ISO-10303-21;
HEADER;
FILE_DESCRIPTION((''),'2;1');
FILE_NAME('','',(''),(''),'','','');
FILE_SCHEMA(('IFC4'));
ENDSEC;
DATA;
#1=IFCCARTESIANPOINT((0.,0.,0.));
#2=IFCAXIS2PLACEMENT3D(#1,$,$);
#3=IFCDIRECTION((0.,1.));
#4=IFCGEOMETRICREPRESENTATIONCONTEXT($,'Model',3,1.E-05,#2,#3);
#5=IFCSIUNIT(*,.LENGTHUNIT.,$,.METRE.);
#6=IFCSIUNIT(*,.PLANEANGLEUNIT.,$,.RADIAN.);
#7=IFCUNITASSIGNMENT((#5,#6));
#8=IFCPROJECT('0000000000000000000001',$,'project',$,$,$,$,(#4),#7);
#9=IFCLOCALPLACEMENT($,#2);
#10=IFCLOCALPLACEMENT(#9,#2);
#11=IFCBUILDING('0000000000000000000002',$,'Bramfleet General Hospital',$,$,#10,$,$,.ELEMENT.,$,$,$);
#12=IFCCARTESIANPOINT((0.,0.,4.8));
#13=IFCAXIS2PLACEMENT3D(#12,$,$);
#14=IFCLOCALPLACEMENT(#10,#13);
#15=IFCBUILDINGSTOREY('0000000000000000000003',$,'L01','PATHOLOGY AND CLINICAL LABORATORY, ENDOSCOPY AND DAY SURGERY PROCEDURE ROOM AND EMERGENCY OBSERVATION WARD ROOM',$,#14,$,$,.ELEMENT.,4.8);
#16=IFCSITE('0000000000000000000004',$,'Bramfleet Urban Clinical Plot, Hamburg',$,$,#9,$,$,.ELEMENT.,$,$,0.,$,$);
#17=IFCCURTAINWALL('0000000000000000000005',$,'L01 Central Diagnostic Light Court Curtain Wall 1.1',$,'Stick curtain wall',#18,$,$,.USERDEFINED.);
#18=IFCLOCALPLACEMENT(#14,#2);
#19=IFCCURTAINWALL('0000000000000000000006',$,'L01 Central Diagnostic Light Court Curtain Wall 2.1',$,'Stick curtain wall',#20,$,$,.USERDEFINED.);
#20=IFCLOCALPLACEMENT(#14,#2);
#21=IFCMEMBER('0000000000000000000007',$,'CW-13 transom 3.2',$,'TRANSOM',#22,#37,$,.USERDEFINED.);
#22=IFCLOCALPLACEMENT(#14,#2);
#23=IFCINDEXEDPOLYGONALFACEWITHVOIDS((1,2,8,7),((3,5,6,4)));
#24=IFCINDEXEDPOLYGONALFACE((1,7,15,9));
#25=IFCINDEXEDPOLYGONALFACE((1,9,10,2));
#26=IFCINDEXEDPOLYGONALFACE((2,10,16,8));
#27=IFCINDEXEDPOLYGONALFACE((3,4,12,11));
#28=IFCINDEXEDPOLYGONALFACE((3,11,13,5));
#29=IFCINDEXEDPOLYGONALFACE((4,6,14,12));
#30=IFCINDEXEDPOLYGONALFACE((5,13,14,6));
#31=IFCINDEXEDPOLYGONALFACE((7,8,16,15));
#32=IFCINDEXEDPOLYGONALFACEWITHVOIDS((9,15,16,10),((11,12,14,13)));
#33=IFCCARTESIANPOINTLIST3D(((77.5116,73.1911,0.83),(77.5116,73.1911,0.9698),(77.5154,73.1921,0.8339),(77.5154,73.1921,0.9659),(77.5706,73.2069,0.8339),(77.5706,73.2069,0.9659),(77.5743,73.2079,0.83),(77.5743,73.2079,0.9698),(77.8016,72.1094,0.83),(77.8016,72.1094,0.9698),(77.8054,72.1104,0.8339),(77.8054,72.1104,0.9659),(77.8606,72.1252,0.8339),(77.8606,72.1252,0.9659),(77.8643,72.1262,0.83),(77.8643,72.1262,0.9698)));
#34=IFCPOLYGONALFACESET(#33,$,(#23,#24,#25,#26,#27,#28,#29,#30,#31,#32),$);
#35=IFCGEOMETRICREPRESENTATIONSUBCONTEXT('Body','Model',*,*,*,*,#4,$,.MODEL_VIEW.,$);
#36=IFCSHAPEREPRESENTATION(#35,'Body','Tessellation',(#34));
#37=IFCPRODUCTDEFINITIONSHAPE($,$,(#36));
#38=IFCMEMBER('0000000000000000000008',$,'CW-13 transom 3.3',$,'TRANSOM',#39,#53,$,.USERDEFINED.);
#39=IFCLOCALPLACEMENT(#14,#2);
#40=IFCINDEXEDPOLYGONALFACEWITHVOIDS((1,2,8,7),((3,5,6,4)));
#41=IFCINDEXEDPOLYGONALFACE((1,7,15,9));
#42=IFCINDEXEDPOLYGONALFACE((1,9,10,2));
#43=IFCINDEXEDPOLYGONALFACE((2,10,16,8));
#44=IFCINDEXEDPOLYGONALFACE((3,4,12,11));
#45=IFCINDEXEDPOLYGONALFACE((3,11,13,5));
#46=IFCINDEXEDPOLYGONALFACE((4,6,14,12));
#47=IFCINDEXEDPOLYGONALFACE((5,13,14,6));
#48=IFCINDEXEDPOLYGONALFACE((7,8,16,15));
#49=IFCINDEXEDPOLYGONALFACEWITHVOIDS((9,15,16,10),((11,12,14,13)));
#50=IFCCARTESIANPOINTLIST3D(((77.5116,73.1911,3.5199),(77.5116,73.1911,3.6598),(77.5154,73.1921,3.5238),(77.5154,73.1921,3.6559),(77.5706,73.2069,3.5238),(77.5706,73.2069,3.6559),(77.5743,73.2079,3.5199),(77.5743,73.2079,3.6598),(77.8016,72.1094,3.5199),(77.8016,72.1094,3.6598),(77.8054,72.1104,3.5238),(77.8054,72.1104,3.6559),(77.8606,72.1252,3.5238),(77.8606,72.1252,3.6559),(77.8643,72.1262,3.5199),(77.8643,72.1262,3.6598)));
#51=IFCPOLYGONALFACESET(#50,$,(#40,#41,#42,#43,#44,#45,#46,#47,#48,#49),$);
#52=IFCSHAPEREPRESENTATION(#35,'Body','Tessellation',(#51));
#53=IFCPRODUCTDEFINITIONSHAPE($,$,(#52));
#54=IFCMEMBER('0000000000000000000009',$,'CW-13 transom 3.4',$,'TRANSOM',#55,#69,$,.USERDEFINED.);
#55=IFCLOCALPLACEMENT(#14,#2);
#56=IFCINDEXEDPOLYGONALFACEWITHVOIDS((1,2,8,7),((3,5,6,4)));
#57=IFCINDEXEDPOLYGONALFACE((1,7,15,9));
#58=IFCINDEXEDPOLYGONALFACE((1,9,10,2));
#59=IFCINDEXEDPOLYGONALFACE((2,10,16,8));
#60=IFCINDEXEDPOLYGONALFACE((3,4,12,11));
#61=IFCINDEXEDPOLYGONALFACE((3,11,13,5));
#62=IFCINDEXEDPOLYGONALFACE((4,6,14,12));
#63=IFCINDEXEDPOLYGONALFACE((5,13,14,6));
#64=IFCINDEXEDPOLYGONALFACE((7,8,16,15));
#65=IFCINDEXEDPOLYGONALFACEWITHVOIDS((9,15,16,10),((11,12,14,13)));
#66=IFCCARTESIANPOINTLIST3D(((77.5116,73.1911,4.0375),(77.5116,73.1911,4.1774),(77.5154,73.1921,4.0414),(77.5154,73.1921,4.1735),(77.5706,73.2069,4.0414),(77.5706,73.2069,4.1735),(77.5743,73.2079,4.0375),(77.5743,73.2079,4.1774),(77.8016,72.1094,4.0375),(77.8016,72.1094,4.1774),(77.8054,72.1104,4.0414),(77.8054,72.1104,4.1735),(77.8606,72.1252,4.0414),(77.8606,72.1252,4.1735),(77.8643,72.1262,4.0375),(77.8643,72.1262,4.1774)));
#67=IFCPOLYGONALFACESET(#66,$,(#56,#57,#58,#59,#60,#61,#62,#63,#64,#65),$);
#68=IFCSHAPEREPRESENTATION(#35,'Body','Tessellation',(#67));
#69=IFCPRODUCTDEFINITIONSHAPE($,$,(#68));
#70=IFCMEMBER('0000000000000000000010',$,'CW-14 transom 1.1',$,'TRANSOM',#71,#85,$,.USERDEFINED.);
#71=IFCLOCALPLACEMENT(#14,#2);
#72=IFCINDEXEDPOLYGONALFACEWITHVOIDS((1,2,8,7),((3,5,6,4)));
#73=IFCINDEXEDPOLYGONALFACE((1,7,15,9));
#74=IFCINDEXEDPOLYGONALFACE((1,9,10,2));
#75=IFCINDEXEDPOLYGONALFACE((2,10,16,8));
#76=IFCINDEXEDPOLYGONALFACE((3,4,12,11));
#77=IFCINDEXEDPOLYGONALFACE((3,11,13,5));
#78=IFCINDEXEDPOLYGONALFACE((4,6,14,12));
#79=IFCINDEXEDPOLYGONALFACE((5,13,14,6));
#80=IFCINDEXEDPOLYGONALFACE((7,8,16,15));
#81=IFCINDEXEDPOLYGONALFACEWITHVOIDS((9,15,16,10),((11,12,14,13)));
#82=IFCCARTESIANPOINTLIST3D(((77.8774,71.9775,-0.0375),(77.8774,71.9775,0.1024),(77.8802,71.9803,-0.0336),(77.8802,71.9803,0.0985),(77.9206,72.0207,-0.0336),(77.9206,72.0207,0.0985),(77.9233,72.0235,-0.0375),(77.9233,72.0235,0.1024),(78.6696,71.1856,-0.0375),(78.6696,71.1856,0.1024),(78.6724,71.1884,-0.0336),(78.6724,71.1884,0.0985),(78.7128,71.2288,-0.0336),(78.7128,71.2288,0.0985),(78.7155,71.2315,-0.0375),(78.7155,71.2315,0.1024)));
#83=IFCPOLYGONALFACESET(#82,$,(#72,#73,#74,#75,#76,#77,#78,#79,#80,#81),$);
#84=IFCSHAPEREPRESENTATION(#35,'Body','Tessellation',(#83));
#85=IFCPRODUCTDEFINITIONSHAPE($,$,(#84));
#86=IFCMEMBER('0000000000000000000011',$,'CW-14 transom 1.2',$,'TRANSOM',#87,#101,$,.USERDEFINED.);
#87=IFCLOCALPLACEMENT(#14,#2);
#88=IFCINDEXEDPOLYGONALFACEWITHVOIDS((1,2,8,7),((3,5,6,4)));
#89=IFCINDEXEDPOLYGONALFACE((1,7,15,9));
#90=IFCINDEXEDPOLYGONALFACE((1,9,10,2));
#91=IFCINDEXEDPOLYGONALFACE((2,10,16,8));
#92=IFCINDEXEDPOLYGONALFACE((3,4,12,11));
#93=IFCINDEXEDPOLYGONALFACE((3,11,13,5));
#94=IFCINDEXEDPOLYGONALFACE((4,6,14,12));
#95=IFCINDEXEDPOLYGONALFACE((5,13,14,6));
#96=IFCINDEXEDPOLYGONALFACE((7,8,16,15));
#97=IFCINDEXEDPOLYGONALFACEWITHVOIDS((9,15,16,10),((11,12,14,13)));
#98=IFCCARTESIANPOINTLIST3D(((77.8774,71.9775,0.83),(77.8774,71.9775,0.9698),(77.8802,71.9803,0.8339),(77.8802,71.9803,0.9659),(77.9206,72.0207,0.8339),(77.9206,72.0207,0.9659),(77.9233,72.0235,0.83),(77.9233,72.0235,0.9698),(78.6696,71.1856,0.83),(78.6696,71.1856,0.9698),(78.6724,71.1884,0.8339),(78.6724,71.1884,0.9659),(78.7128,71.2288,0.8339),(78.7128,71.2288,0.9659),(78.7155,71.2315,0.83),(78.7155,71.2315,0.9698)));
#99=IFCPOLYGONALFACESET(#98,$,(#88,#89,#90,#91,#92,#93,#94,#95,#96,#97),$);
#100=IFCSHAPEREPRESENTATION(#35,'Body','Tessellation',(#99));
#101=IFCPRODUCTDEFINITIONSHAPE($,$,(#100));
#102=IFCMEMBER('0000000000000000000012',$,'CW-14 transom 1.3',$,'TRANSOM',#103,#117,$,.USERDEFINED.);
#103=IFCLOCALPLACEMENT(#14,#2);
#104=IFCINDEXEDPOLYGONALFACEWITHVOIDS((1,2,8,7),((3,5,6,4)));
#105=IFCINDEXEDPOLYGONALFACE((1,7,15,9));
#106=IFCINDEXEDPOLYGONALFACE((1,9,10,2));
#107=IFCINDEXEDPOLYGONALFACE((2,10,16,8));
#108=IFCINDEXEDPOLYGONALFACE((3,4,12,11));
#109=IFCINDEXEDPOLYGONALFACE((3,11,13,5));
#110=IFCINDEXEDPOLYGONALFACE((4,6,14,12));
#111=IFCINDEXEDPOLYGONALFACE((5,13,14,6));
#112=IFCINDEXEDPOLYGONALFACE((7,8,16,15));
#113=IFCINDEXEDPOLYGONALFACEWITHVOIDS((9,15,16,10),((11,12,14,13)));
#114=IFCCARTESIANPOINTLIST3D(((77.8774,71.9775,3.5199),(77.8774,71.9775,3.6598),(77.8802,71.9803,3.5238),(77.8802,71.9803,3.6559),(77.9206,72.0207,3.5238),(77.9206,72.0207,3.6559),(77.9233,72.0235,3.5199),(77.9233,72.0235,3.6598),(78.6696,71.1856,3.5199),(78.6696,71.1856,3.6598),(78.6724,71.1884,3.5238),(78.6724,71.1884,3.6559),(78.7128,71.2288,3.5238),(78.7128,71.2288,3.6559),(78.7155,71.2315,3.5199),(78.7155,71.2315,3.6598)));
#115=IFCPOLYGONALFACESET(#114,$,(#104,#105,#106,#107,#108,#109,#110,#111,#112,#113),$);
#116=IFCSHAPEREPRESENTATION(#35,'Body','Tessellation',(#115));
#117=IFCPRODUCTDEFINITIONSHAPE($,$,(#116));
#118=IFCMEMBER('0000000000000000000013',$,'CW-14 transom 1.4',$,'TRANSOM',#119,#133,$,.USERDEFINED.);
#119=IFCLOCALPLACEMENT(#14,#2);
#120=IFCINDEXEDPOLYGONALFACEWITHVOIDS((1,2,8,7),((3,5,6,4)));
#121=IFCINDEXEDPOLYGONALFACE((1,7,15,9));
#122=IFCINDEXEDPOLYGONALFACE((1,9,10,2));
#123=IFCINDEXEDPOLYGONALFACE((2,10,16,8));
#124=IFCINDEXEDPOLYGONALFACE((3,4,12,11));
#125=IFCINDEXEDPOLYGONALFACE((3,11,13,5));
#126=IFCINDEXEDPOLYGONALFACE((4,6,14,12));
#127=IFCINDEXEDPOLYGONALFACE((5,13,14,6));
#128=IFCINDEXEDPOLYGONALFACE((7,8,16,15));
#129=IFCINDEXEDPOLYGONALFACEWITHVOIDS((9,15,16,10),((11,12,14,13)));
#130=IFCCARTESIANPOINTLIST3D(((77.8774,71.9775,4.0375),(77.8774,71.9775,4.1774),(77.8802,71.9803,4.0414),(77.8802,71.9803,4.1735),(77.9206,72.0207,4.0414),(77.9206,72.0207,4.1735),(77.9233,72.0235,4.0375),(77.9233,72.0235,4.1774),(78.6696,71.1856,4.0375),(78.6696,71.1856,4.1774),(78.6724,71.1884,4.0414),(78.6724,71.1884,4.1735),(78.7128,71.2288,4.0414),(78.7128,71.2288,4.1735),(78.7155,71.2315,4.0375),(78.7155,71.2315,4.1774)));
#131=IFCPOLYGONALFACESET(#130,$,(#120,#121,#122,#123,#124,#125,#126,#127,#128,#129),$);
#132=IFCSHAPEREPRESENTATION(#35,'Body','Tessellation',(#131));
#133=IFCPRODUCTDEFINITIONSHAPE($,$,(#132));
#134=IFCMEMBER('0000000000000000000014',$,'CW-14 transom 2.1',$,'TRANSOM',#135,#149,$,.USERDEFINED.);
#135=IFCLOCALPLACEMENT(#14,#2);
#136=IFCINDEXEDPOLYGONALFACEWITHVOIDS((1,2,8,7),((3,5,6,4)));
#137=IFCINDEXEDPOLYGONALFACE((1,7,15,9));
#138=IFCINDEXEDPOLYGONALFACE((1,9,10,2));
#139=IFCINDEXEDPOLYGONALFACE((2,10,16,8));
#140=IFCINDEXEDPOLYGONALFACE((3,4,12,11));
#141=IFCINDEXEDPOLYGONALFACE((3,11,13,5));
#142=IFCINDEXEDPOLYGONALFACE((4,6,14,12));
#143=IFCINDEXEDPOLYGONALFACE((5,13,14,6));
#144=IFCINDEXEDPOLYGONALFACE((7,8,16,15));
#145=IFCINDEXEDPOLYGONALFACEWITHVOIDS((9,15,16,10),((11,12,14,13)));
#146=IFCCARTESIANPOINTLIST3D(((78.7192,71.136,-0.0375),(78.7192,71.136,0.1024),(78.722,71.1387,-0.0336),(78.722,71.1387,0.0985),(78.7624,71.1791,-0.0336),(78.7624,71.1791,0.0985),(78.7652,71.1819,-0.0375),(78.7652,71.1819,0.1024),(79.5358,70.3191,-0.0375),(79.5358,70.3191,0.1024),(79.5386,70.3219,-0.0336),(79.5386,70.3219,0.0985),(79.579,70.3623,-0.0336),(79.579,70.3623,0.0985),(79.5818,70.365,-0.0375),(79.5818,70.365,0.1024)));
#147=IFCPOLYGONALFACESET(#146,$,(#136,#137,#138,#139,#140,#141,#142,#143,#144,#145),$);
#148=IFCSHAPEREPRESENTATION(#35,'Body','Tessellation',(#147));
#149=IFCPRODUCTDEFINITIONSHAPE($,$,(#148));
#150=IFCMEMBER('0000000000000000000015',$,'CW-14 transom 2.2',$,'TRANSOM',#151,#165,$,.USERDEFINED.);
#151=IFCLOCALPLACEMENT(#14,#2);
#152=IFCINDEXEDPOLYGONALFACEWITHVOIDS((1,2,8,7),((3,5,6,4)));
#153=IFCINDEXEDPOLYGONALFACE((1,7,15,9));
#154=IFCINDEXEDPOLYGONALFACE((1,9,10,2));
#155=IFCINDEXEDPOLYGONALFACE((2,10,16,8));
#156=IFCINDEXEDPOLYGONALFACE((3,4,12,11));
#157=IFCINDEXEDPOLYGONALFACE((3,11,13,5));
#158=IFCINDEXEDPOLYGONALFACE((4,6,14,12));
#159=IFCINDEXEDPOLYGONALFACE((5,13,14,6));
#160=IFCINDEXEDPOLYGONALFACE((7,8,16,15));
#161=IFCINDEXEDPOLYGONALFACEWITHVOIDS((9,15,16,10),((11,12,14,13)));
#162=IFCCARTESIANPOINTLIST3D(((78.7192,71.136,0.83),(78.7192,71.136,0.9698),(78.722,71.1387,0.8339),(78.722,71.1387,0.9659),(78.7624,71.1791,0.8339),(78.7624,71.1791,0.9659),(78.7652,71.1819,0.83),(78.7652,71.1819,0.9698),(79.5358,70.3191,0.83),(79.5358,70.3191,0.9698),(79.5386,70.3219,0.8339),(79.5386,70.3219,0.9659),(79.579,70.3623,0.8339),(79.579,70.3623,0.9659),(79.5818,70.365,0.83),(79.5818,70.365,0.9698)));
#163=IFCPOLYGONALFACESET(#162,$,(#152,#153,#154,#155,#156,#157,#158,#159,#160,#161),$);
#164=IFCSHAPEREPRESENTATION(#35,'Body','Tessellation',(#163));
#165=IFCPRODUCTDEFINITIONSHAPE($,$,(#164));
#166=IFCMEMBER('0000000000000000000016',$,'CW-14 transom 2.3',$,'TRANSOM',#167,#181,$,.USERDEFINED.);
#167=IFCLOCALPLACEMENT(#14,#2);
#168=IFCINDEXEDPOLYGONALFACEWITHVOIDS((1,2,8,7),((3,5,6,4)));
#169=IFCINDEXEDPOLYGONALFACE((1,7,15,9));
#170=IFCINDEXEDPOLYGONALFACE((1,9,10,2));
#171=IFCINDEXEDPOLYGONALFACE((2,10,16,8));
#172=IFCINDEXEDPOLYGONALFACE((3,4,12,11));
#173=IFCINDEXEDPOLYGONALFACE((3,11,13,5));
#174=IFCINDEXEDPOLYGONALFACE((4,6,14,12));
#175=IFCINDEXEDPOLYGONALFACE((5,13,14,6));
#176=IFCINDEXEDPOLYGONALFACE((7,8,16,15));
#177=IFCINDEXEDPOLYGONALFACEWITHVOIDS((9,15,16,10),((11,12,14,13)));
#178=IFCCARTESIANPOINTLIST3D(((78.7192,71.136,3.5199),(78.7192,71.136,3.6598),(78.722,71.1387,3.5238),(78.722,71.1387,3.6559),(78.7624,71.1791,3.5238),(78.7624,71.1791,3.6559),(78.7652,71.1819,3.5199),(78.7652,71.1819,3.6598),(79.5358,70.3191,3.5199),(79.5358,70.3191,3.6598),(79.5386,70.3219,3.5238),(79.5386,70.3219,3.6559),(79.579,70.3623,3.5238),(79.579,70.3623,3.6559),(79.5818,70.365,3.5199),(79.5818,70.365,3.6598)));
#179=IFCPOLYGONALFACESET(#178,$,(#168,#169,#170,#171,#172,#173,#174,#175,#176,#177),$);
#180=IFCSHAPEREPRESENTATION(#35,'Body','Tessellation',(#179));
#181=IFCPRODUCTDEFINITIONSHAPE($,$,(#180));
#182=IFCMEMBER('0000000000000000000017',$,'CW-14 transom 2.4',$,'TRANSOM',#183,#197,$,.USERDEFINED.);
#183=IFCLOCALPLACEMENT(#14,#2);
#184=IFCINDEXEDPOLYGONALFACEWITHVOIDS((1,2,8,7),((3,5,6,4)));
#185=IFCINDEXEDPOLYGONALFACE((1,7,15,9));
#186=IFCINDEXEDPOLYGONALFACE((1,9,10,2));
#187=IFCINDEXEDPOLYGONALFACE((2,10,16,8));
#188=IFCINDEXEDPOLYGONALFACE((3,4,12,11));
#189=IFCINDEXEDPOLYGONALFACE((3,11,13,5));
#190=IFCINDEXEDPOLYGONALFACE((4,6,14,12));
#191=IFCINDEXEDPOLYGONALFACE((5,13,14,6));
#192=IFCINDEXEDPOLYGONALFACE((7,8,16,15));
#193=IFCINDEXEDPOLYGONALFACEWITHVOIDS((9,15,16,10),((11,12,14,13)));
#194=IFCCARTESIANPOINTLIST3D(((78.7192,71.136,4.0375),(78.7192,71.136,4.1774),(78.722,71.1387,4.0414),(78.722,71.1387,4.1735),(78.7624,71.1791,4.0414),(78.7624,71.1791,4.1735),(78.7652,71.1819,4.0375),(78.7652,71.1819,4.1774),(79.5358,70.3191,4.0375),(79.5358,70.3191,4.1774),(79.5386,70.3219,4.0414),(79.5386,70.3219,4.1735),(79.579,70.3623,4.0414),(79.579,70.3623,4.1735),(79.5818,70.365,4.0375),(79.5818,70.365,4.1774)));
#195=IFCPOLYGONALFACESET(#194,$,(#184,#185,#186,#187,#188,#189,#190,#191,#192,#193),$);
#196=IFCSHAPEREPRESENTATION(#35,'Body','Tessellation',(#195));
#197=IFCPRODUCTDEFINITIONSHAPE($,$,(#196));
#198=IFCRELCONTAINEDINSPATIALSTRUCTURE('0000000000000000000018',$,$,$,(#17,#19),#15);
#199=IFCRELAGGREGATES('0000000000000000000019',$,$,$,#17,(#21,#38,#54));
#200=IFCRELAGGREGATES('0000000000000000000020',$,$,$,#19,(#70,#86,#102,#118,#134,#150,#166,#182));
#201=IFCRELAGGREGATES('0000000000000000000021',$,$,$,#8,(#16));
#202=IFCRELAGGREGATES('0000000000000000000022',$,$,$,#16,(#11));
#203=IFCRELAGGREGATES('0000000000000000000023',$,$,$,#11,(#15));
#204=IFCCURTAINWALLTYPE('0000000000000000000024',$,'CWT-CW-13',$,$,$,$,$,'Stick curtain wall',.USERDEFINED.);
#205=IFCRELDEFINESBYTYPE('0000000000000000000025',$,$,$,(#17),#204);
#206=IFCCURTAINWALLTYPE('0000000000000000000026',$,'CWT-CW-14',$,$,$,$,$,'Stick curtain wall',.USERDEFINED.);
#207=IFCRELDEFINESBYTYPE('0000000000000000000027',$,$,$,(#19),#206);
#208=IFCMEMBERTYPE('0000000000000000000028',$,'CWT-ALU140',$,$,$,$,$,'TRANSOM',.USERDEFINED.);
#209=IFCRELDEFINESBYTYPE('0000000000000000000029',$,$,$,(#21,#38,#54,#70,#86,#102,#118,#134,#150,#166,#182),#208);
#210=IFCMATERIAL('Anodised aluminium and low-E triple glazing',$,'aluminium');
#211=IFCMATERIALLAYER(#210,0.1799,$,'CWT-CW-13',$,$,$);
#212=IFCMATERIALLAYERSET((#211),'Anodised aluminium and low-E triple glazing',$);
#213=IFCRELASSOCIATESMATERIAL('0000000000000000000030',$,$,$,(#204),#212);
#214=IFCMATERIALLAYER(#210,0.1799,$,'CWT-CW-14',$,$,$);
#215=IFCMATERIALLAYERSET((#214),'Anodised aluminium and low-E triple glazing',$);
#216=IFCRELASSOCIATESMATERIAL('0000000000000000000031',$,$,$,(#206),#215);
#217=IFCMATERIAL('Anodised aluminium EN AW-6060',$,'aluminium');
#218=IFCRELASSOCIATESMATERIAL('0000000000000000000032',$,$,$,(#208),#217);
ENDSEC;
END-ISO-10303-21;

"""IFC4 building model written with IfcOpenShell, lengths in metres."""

from ifc_helpers import new_model, si_unit, direction, frame, origin, origin_2d, place, context, subcontext, project, spatial, hollow_rectangle, extrude, material, layer, layer_set, material_profile, profile_set, type_object, element, aggregate, save


model = new_model("IFC4")

# Units and contexts
model_context = context("Model", 3, precision=1e-05, world=origin(), true_north=direction((0.0, 1.0)))
body_context = subcontext(model_context, "Body", "Model", "MODEL_VIEW")
ifc_project = project(units=[si_unit("LENGTHUNIT", "METRE"), si_unit("PLANEANGLEUNIT", "RADIAN")], contexts=[model_context])

# Site, building, storey
site_placement = place(None, origin())
site = spatial("IfcSite", under=ifc_project, at=site_placement, Name="Bramfleet Urban Clinical Plot, Hamburg", CompositionType="ELEMENT", RefElevation=0.0)
building_placement = place(site_placement, origin())
building = spatial("IfcBuilding", under=site, at=building_placement, Name="Bramfleet General Hospital", CompositionType="ELEMENT")
storey_placement = place(building_placement, frame((0.0, 0.0, 4.8)))
storey = spatial("IfcBuildingStorey", under=building, at=storey_placement, Name="L01", Description="PATHOLOGY AND CLINICAL LABORATORY, ENDOSCOPY AND DAY SURGERY PROCEDURE ROOM AND EMERGENCY OBSERVATION WARD ROOM", CompositionType="ELEMENT", Elevation=4.8)

# Curtain walls
ifc_material_1 = material(Name="Anodised aluminium and low-E triple glazing", Category="aluminium")
ifc_layer_1 = layer(ifc_material_1, 0.1799, Name="CWT-CW-13")
ifc_layer_set_1 = layer_set([ifc_layer_1], Name="Anodised aluminium and low-E triple glazing")
curtain_wall_type_1 = type_object("IfcCurtainWallType", Name="CWT-CW-13", ElementType="Stick curtain wall", PredefinedType="USERDEFINED", material=ifc_layer_set_1)
curtain_wall_1_placement = place(storey_placement, origin())
curtain_wall_1 = element("IfcCurtainWall", 1, at=curtain_wall_1_placement, inside=storey, type_object=curtain_wall_type_1, Name="L01 Central Diagnostic Light Court Curtain Wall 1.1", ObjectType="Stick curtain wall", PredefinedType="USERDEFINED")
ifc_material_2 = material(Name="Anodised aluminium EN AW-6060", Category="aluminium")
ifc_layer_2 = layer(ifc_material_1, 0.1799, Name="CWT-CW-14")
ifc_layer_set_2 = layer_set([ifc_layer_2], Name="Anodised aluminium and low-E triple glazing")
curtain_wall_type_2 = type_object("IfcCurtainWallType", Name="CWT-CW-14", ElementType="Stick curtain wall", PredefinedType="USERDEFINED", material=ifc_layer_set_2)
curtain_wall_2_placement = place(storey_placement, origin())
curtain_wall_2 = element("IfcCurtainWall", 2, at=curtain_wall_2_placement, inside=storey, type_object=curtain_wall_type_2, Name="L01 Central Diagnostic Light Court Curtain Wall 2.1", ObjectType="Stick curtain wall", PredefinedType="USERDEFINED")

# Members
ifc_material_profile_1 = material_profile(ifc_material_2, hollow_rectangle(XDim=0.0649, YDim=0.1399, WallThickness=0.0039, at=origin_2d()), Name="ALU 140x65x4.0")
ifc_profile_set_1 = profile_set([ifc_material_profile_1], Name="Anodised aluminium EN AW-6060")
member_type_1 = type_object("IfcMemberType", Name="CWT-ALU140", ElementType="TRANSOM", PredefinedType="USERDEFINED", material=ifc_profile_set_1)
member_1_placement = place(storey_placement, frame((77.543, 73.1995, 0.8999), z_axis=(0.258965, -0.965887, 0.0), x_axis=(0.965887, 0.258965, 0.0)))
member_1 = element("IfcMember", 3, at=member_1_placement, type_object=member_type_1, Name="CW-13 transom 3.2", ObjectType="TRANSOM", PredefinedType="USERDEFINED", context=body_context, shape_type="SweptSolid", body=[
    extrude(hollow_rectangle(XDim=0.0649, YDim=0.1399, WallThickness=0.0039, at=origin_2d()), origin(), (0.0, 0.0, 1.0), 1.1199),
])
member_2_placement = place(storey_placement, frame((77.543, 73.1995, 3.5898), z_axis=(0.258965, -0.965887, 0.0), x_axis=(0.965887, 0.258965, 0.0)))
member_2 = element("IfcMember", 4, at=member_2_placement, type_object=member_type_1, Name="CW-13 transom 3.3", ObjectType="TRANSOM", PredefinedType="USERDEFINED", context=body_context, shape_type="SweptSolid", body=[
    extrude(hollow_rectangle(XDim=0.0649, YDim=0.1399, WallThickness=0.0039, at=origin_2d()), origin(), (0.0, 0.0, 1.0), 1.1199),
])
member_3_placement = place(storey_placement, frame((77.543, 73.1995, 4.1074), z_axis=(0.258965, -0.965887, 0.0), x_axis=(0.965887, 0.258965, 0.0)))
member_3 = element("IfcMember", 5, at=member_3_placement, type_object=member_type_1, Name="CW-13 transom 3.4", ObjectType="TRANSOM", PredefinedType="USERDEFINED", context=body_context, shape_type="SweptSolid", body=[
    extrude(hollow_rectangle(XDim=0.0649, YDim=0.1399, WallThickness=0.0039, at=origin_2d()), origin(), (0.0, 0.0, 1.0), 1.1199),
])
member_4_placement = place(storey_placement, frame((77.9004, 72.0005, 0.0325), z_axis=(0.707216, -0.706998, 0.0), x_axis=(0.706998, 0.707216, 0.0)))
member_4 = element("IfcMember", 6, at=member_4_placement, type_object=member_type_1, Name="CW-14 transom 1.1", ObjectType="TRANSOM", PredefinedType="USERDEFINED", context=body_context, shape_type="SweptSolid", body=[
    extrude(hollow_rectangle(XDim=0.0649, YDim=0.1399, WallThickness=0.0039, at=origin_2d()), origin(), (0.0, 0.0, 1.0), 1.1201),
])
member_5_placement = place(storey_placement, frame((77.9004, 72.0005, 0.8999), z_axis=(0.707216, -0.706998, 0.0), x_axis=(0.706998, 0.707216, 0.0)))
member_5 = element("IfcMember", 7, at=member_5_placement, type_object=member_type_1, Name="CW-14 transom 1.2", ObjectType="TRANSOM", PredefinedType="USERDEFINED", context=body_context, shape_type="SweptSolid", body=[
    extrude(hollow_rectangle(XDim=0.0649, YDim=0.1399, WallThickness=0.0039, at=origin_2d()), origin(), (0.0, 0.0, 1.0), 1.1201),
])
member_6_placement = place(storey_placement, frame((77.9004, 72.0005, 3.5898), z_axis=(0.707216, -0.706998, 0.0), x_axis=(0.706998, 0.707216, 0.0)))
member_6 = element("IfcMember", 8, at=member_6_placement, type_object=member_type_1, Name="CW-14 transom 1.3", ObjectType="TRANSOM", PredefinedType="USERDEFINED", context=body_context, shape_type="SweptSolid", body=[
    extrude(hollow_rectangle(XDim=0.0649, YDim=0.1399, WallThickness=0.0039, at=origin_2d()), origin(), (0.0, 0.0, 1.0), 1.1201),
])
member_7_placement = place(storey_placement, frame((77.9004, 72.0005, 4.1074), z_axis=(0.707216, -0.706998, 0.0), x_axis=(0.706998, 0.707216, 0.0)))
member_7 = element("IfcMember", 9, at=member_7_placement, type_object=member_type_1, Name="CW-14 transom 1.4", ObjectType="TRANSOM", PredefinedType="USERDEFINED", context=body_context, shape_type="SweptSolid", body=[
    extrude(hollow_rectangle(XDim=0.0649, YDim=0.1399, WallThickness=0.0039, at=origin_2d()), origin(), (0.0, 0.0, 1.0), 1.1201),
])
member_8_placement = place(storey_placement, frame((78.7422, 71.1589, 0.0325), z_axis=(0.707001, -0.707212, 0.0), x_axis=(0.707212, 0.707001, 0.0)))
member_8 = element("IfcMember", 10, at=member_8_placement, type_object=member_type_1, Name="CW-14 transom 2.1", ObjectType="TRANSOM", PredefinedType="USERDEFINED", context=body_context, shape_type="SweptSolid", body=[
    extrude(hollow_rectangle(XDim=0.0649, YDim=0.1399, WallThickness=0.0039, at=origin_2d()), origin(), (0.0, 0.0, 1.0), 1.155),
])
member_9_placement = place(storey_placement, frame((78.7422, 71.1589, 0.8999), z_axis=(0.707001, -0.707212, 0.0), x_axis=(0.707212, 0.707001, 0.0)))
member_9 = element("IfcMember", 11, at=member_9_placement, type_object=member_type_1, Name="CW-14 transom 2.2", ObjectType="TRANSOM", PredefinedType="USERDEFINED", context=body_context, shape_type="SweptSolid", body=[
    extrude(hollow_rectangle(XDim=0.0649, YDim=0.1399, WallThickness=0.0039, at=origin_2d()), origin(), (0.0, 0.0, 1.0), 1.155),
])
member_10_placement = place(storey_placement, frame((78.7422, 71.1589, 3.5898), z_axis=(0.707001, -0.707212, 0.0), x_axis=(0.707212, 0.707001, 0.0)))
member_10 = element("IfcMember", 12, at=member_10_placement, type_object=member_type_1, Name="CW-14 transom 2.3", ObjectType="TRANSOM", PredefinedType="USERDEFINED", context=body_context, shape_type="SweptSolid", body=[
    extrude(hollow_rectangle(XDim=0.0649, YDim=0.1399, WallThickness=0.0039, at=origin_2d()), origin(), (0.0, 0.0, 1.0), 1.155),
])
member_11_placement = place(storey_placement, frame((78.7422, 71.1589, 4.1074), z_axis=(0.707001, -0.707212, 0.0), x_axis=(0.707212, 0.707001, 0.0)))
member_11 = element("IfcMember", 13, at=member_11_placement, type_object=member_type_1, Name="CW-14 transom 2.4", ObjectType="TRANSOM", PredefinedType="USERDEFINED", context=body_context, shape_type="SweptSolid", body=[
    extrude(hollow_rectangle(XDim=0.0649, YDim=0.1399, WallThickness=0.0039, at=origin_2d()), origin(), (0.0, 0.0, 1.0), 1.155),
])

aggregate(curtain_wall_1, [member_1, member_2, member_3])
aggregate(curtain_wall_2, [member_4, member_5, member_6, member_7, member_8, member_9, member_10, member_11])

save(model, "model.ifc")
